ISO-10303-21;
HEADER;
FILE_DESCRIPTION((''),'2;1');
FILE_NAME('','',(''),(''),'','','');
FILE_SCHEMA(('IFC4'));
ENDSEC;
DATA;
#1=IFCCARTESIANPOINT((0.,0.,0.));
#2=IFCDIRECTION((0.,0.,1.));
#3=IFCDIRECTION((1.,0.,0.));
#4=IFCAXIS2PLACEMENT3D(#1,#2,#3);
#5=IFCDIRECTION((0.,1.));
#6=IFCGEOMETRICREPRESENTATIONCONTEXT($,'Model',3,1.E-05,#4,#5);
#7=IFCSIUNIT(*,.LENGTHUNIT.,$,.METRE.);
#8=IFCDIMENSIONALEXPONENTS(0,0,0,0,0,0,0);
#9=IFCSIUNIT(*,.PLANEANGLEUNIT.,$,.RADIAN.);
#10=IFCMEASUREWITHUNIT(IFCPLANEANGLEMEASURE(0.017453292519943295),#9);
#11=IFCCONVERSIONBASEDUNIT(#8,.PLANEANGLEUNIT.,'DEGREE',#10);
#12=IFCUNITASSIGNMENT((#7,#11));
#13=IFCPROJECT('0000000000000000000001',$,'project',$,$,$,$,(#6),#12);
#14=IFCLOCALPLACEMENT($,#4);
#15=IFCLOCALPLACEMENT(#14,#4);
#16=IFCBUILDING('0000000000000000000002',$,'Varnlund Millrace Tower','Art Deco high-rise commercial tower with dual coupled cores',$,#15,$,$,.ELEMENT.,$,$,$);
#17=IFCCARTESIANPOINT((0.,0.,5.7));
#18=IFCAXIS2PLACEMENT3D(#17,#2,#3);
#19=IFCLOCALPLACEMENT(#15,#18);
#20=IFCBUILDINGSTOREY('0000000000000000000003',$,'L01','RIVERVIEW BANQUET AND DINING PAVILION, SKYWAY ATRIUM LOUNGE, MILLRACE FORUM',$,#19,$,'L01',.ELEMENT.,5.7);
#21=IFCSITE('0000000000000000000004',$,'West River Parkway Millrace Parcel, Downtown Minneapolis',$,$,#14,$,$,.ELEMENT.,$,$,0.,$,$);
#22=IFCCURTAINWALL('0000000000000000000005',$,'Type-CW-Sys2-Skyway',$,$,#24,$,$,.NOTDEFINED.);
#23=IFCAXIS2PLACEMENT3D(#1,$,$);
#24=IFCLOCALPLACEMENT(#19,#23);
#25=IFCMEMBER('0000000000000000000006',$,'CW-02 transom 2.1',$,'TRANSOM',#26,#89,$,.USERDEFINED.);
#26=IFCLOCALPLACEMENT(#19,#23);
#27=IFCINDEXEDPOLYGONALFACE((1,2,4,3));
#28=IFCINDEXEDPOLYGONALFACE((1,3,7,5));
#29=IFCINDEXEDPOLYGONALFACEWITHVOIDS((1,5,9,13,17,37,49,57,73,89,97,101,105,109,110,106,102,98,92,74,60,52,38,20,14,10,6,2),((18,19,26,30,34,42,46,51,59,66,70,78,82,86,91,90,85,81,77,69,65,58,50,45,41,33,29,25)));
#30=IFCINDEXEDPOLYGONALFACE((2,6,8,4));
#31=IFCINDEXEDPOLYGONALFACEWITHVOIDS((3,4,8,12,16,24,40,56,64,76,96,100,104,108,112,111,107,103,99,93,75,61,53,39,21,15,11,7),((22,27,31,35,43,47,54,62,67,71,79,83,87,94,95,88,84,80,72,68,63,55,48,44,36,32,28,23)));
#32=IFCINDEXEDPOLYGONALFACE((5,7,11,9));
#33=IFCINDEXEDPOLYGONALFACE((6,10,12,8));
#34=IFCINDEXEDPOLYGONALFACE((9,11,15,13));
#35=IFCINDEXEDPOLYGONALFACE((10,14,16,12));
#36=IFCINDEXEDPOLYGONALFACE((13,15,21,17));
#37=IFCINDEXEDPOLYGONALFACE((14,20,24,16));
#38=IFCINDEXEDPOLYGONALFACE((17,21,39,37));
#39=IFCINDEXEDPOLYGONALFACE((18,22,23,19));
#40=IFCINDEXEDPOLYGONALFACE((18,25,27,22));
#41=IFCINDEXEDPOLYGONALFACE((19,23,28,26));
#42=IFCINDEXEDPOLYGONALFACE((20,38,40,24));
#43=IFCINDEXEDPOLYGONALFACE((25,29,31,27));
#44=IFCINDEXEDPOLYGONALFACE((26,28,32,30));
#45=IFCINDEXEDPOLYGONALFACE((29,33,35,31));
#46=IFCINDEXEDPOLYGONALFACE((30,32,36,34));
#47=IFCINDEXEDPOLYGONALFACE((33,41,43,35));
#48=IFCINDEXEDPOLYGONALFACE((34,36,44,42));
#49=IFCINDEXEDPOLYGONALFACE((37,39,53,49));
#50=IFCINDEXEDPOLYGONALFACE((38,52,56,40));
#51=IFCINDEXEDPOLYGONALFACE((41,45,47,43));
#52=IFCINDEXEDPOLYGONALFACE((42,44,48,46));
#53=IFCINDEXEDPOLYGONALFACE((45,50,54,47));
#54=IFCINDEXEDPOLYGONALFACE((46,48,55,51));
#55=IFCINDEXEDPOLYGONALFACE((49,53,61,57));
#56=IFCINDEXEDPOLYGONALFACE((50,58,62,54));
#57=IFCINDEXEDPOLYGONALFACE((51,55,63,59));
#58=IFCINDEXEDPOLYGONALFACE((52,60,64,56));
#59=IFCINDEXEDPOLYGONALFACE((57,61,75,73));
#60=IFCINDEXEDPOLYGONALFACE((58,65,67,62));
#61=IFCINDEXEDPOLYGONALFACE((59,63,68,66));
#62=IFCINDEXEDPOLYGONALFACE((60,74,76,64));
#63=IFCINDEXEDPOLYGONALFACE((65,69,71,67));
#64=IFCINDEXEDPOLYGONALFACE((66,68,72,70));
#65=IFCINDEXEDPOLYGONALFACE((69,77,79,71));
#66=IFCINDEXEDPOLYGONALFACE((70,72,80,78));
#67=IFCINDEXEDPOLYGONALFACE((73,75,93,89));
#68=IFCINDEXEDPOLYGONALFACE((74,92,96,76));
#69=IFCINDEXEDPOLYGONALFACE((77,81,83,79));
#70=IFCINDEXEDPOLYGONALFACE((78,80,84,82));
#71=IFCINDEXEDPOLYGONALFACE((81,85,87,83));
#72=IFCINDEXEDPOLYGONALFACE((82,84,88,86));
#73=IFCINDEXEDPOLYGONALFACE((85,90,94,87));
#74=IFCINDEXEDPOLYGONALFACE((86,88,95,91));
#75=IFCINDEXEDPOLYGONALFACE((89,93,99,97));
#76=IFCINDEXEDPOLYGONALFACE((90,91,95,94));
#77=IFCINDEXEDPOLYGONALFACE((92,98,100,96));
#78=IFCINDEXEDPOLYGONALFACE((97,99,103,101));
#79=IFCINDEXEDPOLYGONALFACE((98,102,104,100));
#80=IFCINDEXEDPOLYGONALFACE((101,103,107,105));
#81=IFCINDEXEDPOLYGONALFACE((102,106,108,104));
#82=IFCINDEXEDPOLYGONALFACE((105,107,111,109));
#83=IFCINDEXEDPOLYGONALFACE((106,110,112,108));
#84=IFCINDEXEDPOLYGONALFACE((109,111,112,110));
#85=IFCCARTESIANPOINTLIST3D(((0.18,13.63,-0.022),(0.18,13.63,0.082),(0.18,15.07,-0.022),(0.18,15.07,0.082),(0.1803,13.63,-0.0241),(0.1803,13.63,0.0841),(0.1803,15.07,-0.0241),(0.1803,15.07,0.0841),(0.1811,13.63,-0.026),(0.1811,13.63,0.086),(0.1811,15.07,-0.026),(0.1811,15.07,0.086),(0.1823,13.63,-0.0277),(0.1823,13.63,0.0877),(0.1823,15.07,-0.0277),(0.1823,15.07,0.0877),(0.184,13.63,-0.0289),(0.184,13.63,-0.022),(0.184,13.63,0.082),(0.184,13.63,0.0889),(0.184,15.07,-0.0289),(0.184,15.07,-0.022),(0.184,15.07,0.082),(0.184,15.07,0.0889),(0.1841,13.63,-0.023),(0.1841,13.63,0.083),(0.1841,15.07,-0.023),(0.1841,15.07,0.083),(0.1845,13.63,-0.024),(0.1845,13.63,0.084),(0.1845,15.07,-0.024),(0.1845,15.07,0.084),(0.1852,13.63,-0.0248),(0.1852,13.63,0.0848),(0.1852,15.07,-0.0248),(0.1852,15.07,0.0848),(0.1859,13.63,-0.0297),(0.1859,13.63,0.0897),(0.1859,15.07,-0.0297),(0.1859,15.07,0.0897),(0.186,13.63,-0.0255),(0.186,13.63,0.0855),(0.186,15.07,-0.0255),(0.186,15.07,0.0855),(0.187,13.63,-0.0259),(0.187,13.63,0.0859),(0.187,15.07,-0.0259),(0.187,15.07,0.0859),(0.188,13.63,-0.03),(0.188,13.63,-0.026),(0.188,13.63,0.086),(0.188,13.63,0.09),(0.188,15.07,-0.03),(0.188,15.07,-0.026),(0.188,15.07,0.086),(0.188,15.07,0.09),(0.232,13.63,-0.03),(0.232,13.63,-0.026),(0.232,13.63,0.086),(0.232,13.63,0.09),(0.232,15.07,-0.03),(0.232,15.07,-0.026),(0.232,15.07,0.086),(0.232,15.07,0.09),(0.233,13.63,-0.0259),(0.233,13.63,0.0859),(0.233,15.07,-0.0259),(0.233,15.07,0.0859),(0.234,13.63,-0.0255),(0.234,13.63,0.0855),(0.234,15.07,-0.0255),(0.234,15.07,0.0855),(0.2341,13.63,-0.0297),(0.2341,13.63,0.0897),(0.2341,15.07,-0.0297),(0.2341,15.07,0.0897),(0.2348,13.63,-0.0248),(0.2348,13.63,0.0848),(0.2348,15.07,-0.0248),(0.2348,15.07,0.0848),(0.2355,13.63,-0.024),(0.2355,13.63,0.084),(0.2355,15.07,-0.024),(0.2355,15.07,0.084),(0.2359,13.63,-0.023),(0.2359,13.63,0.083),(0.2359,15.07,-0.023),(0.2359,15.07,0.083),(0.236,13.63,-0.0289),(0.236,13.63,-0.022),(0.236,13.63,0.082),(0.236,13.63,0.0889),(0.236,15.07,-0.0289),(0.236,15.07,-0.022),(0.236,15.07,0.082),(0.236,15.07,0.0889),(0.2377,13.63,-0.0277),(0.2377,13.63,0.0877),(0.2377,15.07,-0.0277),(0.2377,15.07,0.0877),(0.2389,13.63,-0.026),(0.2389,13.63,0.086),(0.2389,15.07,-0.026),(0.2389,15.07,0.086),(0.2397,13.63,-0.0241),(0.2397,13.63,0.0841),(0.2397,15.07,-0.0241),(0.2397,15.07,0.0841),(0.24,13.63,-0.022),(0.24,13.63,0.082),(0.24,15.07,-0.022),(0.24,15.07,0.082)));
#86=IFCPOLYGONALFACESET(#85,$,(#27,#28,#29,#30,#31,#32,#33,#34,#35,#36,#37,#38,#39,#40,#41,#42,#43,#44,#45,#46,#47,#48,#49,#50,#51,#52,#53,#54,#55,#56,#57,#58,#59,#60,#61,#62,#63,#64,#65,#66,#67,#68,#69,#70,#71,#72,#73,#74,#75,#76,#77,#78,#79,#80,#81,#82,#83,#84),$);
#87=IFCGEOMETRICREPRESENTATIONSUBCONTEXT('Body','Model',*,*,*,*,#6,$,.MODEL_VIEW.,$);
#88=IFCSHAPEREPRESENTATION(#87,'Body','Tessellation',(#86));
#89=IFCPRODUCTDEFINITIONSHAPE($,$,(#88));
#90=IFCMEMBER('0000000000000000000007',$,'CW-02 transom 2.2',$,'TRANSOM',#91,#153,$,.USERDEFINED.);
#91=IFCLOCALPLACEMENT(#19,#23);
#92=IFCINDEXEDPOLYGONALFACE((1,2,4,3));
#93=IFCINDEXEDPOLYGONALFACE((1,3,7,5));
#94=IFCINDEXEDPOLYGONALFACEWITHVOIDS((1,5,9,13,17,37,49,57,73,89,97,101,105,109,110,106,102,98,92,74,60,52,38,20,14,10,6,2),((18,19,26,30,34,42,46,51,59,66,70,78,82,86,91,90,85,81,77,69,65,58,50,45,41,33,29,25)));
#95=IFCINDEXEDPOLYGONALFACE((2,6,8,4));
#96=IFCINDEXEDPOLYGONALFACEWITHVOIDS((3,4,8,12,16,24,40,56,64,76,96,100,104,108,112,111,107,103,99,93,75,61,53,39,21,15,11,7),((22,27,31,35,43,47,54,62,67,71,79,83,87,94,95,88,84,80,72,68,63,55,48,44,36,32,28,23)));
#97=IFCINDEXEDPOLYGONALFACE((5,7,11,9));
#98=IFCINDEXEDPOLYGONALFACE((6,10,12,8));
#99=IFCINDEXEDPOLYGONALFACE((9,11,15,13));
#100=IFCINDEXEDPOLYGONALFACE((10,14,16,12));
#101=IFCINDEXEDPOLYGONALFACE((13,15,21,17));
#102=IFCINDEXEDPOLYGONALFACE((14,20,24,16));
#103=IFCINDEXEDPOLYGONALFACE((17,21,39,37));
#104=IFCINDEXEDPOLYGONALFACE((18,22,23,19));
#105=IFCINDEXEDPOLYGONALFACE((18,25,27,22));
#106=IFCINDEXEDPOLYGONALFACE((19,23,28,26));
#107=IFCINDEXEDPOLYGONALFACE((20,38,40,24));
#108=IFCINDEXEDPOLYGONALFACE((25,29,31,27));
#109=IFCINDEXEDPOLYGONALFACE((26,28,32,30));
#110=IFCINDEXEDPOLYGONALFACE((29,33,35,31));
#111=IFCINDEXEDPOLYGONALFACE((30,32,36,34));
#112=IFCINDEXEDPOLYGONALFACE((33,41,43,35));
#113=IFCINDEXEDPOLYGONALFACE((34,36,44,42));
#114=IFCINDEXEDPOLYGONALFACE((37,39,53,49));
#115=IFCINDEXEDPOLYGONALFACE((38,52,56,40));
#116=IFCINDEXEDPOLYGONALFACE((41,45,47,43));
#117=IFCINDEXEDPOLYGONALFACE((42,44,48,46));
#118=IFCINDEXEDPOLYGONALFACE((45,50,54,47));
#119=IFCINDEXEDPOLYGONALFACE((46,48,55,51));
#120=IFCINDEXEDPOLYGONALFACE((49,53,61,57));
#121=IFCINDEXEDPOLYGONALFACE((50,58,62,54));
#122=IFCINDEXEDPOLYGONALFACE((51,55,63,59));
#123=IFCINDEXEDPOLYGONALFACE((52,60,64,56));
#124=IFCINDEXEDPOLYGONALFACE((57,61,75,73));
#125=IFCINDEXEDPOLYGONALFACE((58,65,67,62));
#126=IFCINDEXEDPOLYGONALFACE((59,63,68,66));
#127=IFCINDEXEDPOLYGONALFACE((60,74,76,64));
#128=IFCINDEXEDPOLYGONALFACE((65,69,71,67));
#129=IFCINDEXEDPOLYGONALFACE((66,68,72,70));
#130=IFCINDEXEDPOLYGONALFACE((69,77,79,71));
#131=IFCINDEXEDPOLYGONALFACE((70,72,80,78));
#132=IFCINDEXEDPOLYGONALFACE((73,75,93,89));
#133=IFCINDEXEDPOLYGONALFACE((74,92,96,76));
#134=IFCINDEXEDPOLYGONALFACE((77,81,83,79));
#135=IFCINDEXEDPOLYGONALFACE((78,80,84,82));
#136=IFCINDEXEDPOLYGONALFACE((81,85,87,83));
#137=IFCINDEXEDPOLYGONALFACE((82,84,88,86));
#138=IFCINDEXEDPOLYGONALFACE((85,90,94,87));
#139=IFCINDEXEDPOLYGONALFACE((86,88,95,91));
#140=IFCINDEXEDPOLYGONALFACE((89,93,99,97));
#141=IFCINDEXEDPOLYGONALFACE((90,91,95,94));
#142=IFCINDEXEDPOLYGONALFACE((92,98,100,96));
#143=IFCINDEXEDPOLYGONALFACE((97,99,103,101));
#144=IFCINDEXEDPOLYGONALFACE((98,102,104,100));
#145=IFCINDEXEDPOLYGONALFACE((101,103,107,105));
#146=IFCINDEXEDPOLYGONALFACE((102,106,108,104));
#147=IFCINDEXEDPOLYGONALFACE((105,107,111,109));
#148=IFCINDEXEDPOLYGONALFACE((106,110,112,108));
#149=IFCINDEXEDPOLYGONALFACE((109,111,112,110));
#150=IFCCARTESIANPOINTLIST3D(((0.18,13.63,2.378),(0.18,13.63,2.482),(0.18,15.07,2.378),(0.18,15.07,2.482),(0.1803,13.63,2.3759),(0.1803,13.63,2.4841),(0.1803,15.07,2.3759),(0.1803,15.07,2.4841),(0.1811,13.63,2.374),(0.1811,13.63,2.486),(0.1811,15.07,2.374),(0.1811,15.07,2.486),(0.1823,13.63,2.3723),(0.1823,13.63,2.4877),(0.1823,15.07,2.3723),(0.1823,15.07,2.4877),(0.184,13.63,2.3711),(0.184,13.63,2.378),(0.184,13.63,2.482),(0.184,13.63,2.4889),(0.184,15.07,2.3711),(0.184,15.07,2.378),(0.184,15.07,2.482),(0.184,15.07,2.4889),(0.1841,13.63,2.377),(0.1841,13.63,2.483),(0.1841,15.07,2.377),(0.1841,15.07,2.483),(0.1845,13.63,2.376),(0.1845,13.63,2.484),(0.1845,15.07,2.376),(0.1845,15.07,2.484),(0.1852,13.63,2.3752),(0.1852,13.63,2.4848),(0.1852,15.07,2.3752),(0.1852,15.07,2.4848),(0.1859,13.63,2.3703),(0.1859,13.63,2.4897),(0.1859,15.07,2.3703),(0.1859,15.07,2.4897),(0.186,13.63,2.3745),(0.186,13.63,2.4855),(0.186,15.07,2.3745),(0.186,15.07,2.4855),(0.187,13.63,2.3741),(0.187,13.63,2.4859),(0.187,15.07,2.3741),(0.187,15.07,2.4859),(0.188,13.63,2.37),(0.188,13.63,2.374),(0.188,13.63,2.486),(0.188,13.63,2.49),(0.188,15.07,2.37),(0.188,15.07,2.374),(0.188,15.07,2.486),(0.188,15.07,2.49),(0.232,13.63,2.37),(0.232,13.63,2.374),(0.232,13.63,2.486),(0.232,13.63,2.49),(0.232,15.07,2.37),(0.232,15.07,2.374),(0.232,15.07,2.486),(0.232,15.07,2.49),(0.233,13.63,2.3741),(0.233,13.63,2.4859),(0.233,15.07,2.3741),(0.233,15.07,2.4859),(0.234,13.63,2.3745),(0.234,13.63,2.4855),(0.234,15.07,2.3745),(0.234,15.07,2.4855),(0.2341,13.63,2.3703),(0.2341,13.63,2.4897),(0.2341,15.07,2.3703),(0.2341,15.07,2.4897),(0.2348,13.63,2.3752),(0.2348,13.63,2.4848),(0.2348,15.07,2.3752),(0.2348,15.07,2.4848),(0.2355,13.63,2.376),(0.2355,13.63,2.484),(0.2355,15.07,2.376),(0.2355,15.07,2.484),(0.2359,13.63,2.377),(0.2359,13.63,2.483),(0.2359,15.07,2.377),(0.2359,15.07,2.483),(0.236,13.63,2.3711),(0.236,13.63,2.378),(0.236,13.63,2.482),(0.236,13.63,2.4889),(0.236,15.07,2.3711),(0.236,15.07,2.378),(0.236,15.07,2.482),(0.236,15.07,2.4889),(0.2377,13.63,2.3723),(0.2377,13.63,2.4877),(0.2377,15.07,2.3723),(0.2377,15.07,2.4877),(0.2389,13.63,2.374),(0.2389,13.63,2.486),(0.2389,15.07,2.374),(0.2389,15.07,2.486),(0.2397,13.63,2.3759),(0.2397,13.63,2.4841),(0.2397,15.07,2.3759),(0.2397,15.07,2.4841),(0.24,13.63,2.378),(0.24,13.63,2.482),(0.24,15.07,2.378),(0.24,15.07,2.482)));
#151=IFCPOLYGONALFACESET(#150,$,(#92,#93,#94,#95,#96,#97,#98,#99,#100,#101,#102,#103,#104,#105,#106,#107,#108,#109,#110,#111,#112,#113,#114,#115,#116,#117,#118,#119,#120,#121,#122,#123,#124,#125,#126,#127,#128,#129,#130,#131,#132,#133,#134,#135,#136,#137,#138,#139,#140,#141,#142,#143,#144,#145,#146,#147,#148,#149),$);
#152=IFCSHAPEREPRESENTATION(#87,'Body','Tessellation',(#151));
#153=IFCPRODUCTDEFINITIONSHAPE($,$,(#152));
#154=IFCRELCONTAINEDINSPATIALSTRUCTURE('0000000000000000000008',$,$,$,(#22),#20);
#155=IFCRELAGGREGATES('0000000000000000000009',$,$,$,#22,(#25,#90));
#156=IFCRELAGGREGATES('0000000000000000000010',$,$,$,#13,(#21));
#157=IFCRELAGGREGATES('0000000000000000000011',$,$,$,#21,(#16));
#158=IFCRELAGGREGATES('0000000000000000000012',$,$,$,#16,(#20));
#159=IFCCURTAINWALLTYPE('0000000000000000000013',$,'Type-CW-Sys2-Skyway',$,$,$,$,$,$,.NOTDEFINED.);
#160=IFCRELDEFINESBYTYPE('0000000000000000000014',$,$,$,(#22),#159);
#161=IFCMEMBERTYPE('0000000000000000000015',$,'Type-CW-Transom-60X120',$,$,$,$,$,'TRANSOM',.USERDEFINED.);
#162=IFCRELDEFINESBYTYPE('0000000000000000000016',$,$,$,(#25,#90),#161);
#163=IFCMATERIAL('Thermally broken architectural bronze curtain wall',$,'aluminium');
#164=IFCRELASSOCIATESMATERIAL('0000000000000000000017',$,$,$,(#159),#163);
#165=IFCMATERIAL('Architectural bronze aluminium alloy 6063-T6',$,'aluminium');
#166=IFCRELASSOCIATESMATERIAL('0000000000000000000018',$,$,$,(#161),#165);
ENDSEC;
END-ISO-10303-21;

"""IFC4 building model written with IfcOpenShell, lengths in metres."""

from ifc_helpers import new_model, entity, si_unit, converted_unit, direction, frame, origin_with_axes, origin_2d_with_axis, place, context, subcontext, project, spatial, hollow_rectangle, extrude, material, material_profile, profile_set, type_object, element, aggregate, save


model = new_model("IFC4")

# Units and contexts
model_context = context("Model", 3, precision=1e-05, world=origin_with_axes(), true_north=direction((0.0, 1.0)))
body_context = subcontext(model_context, "Body", "Model", "MODEL_VIEW")
ifc_project = project(units=[si_unit("LENGTHUNIT", "METRE"), converted_unit("PLANEANGLEUNIT", "DEGREE", entity("IfcPlaneAngleMeasure", 0.017453292519943295), si_unit("PLANEANGLEUNIT", "RADIAN"), dimensions=[0, 0, 0, 0, 0, 0, 0])], contexts=[model_context])

# Site, building, storey
site_placement = place(None, origin_with_axes())
site = spatial("IfcSite", under=ifc_project, at=site_placement, Name="West River Parkway Millrace Parcel, Downtown Minneapolis", CompositionType="ELEMENT", RefElevation=0.0)
building_placement = place(site_placement, origin_with_axes())
building = spatial("IfcBuilding", under=site, at=building_placement, Name="Varnlund Millrace Tower", Description="Art Deco high-rise commercial tower with dual coupled cores", CompositionType="ELEMENT")
storey_placement = place(building_placement, frame((0.0, 0.0, 5.7), z_axis=(0.0, 0.0, 1.0), x_axis=(1.0, 0.0, 0.0)))
storey = spatial("IfcBuildingStorey", under=building, at=storey_placement, Name="L01", Description="RIVERVIEW BANQUET AND DINING PAVILION, SKYWAY ATRIUM LOUNGE, MILLRACE FORUM", LongName="L01", CompositionType="ELEMENT", Elevation=5.7)

# Curtain wall, members
ifc_material_1 = material(Name="Thermally broken architectural bronze curtain wall", Category="aluminium")
curtain_wall_type = type_object("IfcCurtainWallType", Name="Type-CW-Sys2-Skyway", PredefinedType="NOTDEFINED", material=ifc_material_1)
curtain_wall_placement = place(storey_placement, frame((0.21, 12.1, 0.0), z_axis=(0.0, 0.0, 1.0), x_axis=(1.0, 0.0, 0.0)))
curtain_wall = element("IfcCurtainWall", 1, at=curtain_wall_placement, inside=storey, type_object=curtain_wall_type, Name="Type-CW-Sys2-Skyway", PredefinedType="NOTDEFINED")
ifc_material_2 = material(Name="Architectural bronze aluminium alloy 6063-T6", Category="aluminium")
ifc_material_profile_1 = material_profile(ifc_material_2, hollow_rectangle(XDim=0.06, YDim=0.12, WallThickness=0.004, InnerFilletRadius=0.004, OuterFilletRadius=0.008, at=origin_2d_with_axis()), Name="Architectural bronze aluminium alloy 6063-T6")
ifc_profile_set_1 = profile_set([ifc_material_profile_1], Name="Architectural bronze aluminium alloy 6063-T6")
member_type_1 = type_object("IfcMemberType", Name="Type-CW-Transom-60X120", ElementType="TRANSOM", PredefinedType="USERDEFINED", material=ifc_profile_set_1)
member_1_placement = place(storey_placement, frame((0.21, 13.63, 0.03), z_axis=(0.0, 1.0, 0.0), x_axis=(-1.0, 0.0, 0.0)))
member_1 = element("IfcMember", 2, at=member_1_placement, type_object=member_type_1, Name="CW-02 transom 2.1", ObjectType="TRANSOM", PredefinedType="USERDEFINED", context=body_context, shape_type="SweptSolid", body=[
    extrude(hollow_rectangle(XDim=0.06, YDim=0.12, WallThickness=0.004, InnerFilletRadius=0.004, OuterFilletRadius=0.008, at=origin_2d_with_axis()), origin_with_axes(), (0.0, 0.0, 1.0), 1.44),
])
member_2_placement = place(storey_placement, frame((0.21, 13.63, 2.43), z_axis=(0.0, 1.0, 0.0), x_axis=(-1.0, 0.0, 0.0)))
member_2 = element("IfcMember", 3, at=member_2_placement, type_object=member_type_1, Name="CW-02 transom 2.2", ObjectType="TRANSOM", PredefinedType="USERDEFINED", context=body_context, shape_type="SweptSolid", body=[
    extrude(hollow_rectangle(XDim=0.06, YDim=0.12, WallThickness=0.004, InnerFilletRadius=0.004, OuterFilletRadius=0.008, at=origin_2d_with_axis()), origin_with_axes(), (0.0, 0.0, 1.0), 1.44),
])
aggregate(curtain_wall, [member_1, member_2])

save(model, "model.ifc")
